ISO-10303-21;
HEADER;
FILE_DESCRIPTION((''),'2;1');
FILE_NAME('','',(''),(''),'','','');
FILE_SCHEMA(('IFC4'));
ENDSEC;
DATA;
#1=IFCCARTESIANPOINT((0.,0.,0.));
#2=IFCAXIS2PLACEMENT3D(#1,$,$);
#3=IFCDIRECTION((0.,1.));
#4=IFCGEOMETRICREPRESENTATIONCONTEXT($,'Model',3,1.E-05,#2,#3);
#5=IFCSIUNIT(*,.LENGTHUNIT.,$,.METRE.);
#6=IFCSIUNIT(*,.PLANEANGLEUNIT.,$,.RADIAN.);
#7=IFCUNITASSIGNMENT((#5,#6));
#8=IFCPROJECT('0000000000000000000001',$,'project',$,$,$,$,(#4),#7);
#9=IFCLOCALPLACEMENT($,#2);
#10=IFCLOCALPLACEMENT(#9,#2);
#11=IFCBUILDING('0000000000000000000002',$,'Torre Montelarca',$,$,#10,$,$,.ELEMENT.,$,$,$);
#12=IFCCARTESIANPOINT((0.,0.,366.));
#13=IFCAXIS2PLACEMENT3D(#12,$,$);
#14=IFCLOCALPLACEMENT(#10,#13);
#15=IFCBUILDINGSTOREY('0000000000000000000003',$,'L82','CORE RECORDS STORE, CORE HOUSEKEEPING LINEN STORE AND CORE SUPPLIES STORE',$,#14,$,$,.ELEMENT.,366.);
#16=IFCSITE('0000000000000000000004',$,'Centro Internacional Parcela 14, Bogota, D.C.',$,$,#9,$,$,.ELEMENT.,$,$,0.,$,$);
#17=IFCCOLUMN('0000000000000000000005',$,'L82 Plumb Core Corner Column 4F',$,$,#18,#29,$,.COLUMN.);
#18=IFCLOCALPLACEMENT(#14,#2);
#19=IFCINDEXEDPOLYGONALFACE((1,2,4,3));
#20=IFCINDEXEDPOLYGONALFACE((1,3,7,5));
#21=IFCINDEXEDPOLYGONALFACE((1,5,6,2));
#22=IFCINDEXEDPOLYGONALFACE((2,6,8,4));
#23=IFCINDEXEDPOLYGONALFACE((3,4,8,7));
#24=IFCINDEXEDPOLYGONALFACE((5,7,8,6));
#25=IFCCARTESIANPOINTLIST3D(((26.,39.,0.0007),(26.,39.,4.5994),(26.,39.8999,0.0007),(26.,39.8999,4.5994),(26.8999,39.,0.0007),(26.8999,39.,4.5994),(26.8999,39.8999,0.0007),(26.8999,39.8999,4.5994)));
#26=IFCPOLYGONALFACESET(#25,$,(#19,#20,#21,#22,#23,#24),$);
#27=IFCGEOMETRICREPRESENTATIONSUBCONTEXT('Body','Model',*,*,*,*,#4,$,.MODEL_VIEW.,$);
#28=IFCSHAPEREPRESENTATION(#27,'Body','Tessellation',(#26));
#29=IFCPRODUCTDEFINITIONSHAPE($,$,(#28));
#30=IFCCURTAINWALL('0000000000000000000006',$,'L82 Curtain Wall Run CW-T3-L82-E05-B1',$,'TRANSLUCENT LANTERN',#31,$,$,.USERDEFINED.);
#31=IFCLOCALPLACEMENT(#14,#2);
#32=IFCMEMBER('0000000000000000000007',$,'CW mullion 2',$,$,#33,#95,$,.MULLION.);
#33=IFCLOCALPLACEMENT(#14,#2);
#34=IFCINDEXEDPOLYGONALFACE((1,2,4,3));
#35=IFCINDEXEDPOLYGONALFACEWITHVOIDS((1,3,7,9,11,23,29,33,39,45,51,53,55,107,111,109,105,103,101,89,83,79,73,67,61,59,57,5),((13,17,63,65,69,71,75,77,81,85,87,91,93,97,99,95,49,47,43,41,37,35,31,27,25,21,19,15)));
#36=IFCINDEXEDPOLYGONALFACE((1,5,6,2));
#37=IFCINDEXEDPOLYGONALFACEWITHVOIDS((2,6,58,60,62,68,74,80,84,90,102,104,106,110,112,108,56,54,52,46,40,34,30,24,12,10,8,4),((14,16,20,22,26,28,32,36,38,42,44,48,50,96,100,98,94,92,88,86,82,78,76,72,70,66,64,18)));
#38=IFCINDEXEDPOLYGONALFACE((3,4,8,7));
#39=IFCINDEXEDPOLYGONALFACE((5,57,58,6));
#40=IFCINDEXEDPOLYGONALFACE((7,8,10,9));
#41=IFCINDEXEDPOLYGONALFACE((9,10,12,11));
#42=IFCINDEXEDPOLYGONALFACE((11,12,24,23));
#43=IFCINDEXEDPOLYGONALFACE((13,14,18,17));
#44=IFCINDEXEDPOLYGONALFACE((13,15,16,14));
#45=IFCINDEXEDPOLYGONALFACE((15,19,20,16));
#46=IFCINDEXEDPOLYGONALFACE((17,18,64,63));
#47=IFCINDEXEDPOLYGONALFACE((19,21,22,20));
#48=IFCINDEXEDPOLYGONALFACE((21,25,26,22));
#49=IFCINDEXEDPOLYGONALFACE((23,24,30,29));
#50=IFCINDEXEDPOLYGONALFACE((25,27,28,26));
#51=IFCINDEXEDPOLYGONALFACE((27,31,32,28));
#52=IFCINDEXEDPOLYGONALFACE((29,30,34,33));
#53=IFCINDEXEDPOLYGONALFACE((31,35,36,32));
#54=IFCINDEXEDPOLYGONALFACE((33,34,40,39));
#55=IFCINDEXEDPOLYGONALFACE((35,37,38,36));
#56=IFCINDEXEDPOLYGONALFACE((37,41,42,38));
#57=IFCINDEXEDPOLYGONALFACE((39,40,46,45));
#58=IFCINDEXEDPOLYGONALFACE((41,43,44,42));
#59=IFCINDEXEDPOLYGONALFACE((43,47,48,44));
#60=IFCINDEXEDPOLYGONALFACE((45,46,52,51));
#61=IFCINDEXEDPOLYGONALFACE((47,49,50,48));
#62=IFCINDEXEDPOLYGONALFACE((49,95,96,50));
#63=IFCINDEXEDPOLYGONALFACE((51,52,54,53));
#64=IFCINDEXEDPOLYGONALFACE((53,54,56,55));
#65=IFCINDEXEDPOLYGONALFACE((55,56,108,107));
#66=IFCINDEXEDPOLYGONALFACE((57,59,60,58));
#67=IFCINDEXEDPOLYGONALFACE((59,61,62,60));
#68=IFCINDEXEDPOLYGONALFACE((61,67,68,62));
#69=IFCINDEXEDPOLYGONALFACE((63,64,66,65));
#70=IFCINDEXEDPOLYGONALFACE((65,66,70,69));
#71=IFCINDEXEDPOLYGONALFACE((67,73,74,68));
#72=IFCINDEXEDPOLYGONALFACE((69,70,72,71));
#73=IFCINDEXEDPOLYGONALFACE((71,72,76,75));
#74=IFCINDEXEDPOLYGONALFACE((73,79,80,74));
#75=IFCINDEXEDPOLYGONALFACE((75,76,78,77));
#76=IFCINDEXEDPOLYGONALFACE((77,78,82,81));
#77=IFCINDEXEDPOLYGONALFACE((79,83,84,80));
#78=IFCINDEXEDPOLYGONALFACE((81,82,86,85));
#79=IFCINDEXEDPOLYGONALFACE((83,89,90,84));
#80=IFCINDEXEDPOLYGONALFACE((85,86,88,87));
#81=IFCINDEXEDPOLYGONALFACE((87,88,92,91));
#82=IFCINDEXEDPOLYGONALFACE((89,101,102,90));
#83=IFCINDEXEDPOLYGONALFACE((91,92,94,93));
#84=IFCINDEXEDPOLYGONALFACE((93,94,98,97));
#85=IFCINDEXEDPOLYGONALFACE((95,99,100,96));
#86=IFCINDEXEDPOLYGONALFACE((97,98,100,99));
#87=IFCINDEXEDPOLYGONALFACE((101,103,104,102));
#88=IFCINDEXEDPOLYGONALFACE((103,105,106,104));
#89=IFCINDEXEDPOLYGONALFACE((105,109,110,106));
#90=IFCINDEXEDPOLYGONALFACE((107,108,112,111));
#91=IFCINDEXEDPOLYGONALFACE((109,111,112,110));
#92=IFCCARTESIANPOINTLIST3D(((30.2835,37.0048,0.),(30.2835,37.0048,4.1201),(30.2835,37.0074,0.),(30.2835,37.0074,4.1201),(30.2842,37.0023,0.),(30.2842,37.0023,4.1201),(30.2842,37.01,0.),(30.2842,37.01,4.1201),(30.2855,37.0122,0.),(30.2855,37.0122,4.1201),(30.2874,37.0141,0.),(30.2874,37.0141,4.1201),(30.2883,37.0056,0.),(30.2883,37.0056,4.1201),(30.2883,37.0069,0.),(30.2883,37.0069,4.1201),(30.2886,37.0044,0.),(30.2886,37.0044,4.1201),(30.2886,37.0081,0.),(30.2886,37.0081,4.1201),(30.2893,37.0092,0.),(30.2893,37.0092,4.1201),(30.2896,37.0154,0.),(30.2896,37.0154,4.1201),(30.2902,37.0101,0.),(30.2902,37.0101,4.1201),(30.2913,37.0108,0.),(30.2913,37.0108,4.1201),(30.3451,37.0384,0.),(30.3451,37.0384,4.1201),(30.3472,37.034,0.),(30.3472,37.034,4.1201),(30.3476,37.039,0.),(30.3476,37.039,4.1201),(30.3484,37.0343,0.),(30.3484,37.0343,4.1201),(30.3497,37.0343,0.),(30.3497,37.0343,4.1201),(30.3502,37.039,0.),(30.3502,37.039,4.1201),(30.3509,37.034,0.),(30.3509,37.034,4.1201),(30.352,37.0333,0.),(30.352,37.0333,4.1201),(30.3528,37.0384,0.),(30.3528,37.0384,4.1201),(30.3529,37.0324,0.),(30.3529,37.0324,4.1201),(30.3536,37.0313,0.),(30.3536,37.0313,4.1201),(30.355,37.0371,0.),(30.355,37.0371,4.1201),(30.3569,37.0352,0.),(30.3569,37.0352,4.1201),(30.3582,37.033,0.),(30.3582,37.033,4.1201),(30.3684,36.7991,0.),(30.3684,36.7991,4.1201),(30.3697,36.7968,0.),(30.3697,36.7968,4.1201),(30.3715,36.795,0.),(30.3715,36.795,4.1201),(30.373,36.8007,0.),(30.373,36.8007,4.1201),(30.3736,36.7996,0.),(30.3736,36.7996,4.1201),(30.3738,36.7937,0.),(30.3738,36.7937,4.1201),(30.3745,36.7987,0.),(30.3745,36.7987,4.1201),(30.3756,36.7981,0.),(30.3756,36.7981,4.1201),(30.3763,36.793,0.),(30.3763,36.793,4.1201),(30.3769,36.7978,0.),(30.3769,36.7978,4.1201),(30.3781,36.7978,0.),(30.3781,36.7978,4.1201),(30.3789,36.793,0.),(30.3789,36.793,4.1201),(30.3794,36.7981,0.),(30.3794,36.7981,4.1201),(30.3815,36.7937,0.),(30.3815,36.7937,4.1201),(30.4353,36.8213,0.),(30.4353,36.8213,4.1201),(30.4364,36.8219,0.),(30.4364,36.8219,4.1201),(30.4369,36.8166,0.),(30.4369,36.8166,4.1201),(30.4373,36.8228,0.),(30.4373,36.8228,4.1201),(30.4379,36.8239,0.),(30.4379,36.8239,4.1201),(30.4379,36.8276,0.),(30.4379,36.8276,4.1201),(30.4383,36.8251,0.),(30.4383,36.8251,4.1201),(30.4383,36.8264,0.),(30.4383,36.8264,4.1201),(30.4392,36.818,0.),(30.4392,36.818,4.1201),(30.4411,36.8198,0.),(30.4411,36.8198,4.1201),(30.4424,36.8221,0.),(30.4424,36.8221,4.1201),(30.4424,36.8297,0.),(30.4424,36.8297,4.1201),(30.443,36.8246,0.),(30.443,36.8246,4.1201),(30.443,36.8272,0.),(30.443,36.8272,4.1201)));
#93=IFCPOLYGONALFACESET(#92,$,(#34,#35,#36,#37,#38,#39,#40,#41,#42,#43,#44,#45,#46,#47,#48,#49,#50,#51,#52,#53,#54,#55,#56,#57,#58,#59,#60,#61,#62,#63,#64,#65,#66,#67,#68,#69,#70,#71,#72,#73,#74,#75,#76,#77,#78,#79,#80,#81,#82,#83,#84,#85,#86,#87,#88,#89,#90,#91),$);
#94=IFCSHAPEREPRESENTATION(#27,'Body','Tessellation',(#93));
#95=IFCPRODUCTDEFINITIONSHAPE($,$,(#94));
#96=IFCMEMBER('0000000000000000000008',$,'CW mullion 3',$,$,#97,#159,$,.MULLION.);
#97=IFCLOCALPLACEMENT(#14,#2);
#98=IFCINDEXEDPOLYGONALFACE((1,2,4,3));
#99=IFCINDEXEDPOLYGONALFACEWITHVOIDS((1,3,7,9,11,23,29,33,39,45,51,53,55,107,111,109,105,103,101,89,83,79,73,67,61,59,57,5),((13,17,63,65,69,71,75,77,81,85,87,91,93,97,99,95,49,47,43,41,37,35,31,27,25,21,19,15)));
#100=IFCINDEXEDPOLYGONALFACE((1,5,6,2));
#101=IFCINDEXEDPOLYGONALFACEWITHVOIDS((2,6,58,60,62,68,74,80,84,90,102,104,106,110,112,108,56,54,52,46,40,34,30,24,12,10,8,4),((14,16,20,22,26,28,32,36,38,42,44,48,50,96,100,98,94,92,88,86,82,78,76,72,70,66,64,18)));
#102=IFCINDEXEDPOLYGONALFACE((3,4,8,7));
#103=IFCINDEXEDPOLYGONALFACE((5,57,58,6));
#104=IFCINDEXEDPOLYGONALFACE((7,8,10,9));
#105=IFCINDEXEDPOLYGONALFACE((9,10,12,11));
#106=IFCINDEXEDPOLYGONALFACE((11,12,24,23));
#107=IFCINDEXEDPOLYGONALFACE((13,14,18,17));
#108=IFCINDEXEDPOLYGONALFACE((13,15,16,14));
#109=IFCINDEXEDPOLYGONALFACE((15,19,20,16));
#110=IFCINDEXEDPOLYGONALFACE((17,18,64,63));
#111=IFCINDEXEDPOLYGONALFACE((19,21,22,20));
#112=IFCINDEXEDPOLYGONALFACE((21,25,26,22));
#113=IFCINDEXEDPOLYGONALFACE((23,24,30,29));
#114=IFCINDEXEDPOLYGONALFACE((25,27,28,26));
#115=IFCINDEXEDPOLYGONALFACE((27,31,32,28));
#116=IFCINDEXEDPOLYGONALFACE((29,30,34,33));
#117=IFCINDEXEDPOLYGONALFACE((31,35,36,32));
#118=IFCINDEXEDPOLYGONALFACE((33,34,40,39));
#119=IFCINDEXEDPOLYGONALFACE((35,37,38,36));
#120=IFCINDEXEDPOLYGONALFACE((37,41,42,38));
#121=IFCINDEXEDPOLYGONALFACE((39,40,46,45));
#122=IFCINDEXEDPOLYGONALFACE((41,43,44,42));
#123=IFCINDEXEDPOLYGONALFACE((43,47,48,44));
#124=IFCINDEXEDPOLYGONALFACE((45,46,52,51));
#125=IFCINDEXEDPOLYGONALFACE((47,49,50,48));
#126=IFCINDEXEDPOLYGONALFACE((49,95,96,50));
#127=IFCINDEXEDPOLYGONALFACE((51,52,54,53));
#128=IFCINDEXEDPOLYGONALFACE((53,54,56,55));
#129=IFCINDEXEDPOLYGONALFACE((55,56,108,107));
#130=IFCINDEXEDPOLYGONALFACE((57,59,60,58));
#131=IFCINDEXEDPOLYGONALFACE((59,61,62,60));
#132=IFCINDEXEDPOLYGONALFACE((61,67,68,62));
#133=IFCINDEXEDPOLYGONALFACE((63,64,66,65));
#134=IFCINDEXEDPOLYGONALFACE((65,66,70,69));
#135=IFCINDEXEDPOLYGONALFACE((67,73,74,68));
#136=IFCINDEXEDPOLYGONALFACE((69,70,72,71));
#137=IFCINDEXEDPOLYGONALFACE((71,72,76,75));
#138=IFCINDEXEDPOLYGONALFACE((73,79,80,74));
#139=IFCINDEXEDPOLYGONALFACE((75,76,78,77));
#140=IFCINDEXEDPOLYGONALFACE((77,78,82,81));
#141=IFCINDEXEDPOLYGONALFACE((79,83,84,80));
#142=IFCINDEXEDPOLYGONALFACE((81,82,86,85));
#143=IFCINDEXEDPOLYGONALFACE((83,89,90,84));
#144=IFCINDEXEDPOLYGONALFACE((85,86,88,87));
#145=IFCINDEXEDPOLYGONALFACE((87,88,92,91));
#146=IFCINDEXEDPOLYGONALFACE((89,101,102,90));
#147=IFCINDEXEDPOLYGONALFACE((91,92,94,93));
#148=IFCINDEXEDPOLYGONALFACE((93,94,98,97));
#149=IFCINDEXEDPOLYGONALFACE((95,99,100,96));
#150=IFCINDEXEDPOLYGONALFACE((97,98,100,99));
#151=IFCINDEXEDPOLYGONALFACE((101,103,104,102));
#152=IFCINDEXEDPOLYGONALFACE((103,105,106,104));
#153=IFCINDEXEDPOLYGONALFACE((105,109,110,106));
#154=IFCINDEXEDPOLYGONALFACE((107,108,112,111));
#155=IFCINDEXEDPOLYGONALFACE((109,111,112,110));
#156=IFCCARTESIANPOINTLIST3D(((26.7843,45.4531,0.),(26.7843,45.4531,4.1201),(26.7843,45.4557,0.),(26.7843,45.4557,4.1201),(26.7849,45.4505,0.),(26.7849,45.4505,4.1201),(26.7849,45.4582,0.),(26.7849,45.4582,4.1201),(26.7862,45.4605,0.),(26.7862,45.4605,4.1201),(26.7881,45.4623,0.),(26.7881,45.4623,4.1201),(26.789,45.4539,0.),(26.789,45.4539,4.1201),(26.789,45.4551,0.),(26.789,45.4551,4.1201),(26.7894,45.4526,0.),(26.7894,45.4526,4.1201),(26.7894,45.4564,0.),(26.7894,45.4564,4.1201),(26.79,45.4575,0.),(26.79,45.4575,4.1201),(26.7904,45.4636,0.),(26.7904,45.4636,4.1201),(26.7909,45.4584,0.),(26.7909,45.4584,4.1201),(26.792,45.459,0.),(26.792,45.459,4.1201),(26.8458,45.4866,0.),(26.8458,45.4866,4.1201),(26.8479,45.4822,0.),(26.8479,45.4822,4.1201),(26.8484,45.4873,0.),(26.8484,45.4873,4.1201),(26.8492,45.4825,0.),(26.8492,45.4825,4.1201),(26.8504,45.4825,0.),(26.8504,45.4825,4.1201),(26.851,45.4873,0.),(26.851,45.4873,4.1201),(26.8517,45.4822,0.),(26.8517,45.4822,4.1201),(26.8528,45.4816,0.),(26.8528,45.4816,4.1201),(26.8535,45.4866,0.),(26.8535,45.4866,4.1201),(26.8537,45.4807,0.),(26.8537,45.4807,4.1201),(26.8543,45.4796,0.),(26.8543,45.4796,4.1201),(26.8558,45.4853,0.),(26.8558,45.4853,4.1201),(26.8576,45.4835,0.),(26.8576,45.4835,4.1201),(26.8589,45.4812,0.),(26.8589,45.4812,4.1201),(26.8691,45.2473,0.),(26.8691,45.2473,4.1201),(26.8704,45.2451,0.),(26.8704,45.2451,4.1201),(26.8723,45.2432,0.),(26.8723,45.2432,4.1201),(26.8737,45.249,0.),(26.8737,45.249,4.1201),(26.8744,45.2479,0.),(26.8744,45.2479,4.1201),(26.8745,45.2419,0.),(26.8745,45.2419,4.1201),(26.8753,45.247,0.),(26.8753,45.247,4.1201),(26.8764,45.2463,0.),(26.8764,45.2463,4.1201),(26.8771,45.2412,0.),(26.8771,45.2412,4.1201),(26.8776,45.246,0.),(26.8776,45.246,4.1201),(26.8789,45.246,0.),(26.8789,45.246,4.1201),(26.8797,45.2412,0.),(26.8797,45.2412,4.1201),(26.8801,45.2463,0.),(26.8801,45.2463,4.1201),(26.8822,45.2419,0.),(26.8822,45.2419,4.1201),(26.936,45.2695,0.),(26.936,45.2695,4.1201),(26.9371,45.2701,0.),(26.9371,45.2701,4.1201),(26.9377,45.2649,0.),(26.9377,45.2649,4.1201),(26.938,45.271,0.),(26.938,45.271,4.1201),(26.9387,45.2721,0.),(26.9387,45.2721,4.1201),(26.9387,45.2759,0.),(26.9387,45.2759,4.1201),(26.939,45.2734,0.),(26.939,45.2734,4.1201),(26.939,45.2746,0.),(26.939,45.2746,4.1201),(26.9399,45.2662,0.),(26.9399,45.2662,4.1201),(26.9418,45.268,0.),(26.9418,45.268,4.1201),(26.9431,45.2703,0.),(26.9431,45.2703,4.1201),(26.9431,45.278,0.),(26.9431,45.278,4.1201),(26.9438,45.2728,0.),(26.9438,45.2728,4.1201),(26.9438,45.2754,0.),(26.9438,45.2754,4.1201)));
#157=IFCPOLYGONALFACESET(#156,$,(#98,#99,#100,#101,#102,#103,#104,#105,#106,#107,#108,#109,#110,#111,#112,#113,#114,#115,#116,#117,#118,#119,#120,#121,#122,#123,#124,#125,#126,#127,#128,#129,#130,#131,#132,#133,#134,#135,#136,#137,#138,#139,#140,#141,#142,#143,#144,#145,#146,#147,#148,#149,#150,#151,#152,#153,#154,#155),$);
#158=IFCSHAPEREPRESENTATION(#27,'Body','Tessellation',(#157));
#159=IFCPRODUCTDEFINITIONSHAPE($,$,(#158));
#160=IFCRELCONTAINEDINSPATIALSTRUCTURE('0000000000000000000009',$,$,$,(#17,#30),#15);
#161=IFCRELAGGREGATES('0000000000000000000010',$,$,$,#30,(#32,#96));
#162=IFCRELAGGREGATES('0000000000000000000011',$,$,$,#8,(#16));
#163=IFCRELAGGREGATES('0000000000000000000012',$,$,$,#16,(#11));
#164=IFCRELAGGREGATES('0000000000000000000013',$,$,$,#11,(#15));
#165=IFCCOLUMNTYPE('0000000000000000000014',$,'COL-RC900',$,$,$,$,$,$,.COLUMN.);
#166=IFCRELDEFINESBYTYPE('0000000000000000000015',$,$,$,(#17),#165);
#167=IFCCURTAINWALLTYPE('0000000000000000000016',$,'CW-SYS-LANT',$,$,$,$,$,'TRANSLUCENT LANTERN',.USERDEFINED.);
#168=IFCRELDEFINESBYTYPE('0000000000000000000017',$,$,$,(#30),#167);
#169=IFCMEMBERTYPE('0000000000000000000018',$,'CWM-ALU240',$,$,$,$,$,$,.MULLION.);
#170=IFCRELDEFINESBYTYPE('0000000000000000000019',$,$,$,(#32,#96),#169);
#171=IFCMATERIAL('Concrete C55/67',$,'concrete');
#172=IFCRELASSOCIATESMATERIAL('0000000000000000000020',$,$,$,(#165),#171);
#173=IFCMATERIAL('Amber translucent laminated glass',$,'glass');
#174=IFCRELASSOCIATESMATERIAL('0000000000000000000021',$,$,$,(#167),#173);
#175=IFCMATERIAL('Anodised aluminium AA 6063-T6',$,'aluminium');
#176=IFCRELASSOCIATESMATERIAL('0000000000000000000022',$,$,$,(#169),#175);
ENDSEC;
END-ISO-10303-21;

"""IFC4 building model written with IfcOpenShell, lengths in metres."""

from ifc_helpers import new_model, si_unit, direction, frame, origin, origin_2d, place, context, subcontext, project, spatial, rectangle, hollow_rectangle, extrude, source, transform, mapped, material, material_profile, profile_set, type_object, element, aggregate, save


model = new_model("IFC4")

# Units and contexts
model_context = context("Model", 3, precision=1e-05, world=origin(), true_north=direction((0.0, 1.0)))
body_context = subcontext(model_context, "Body", "Model", "MODEL_VIEW")
ifc_project = project(units=[si_unit("LENGTHUNIT", "METRE"), si_unit("PLANEANGLEUNIT", "RADIAN")], contexts=[model_context])

# Site, building, storey
site_placement = place(None, origin())
site = spatial("IfcSite", under=ifc_project, at=site_placement, Name="Centro Internacional Parcela 14, Bogota, D.C.", CompositionType="ELEMENT", RefElevation=0.0)
building_placement = place(site_placement, origin())
building = spatial("IfcBuilding", under=site, at=building_placement, Name="Torre Montelarca", CompositionType="ELEMENT")
storey_placement = place(building_placement, frame((0.0, 0.0, 366.0)))
storey = spatial("IfcBuildingStorey", under=building, at=storey_placement, Name="L82", Description="CORE RECORDS STORE, CORE HOUSEKEEPING LINEN STORE AND CORE SUPPLIES STORE", CompositionType="ELEMENT", Elevation=366.0)

# Column
ifc_material_1 = material(Name="Concrete C55/67", Category="concrete")
ifc_material_profile_1 = material_profile(ifc_material_1, rectangle(XDim=0.8999, YDim=0.8999, at=origin_2d()), Name="RC900X900", Category="concrete")
ifc_profile_set_1 = profile_set([ifc_material_profile_1], Name="Concrete C55/67")
column_type = type_object("IfcColumnType", Name="COL-RC900", PredefinedType="COLUMN", material=ifc_profile_set_1)
shared_shape_1 = source(origin(), body_context, "Body", "SweptSolid", [
    extrude(rectangle(XDim=0.8999, YDim=0.8999, at=origin_2d()), origin(), (0.0, 0.0, 1.0), 4.5986),
])
column_placement = place(storey_placement, frame((26.45, 39.45, 0.0007), z_axis=(0.0, 0.0, 1.0), x_axis=(1.0, 0.0, 0.0)))
element("IfcColumn", 1, at=column_placement, inside=storey, type_object=column_type, Name="L82 Plumb Core Corner Column 4F", PredefinedType="COLUMN", context=body_context, shape_type="MappedRepresentation", body=[
    mapped(shared_shape_1, transform((0.0, 0.0, 0.0), scale=1.0)),
])

# Curtain wall, members
ifc_material_2 = material(Name="Amber translucent laminated glass", Category="glass")
curtain_wall_type = type_object("IfcCurtainWallType", Name="CW-SYS-LANT", ElementType="TRANSLUCENT LANTERN", PredefinedType="USERDEFINED", material=ifc_material_2)
curtain_wall_placement = place(storey_placement, origin())
curtain_wall = element("IfcCurtainWall", 2, at=curtain_wall_placement, inside=storey, type_object=curtain_wall_type, Name="L82 Curtain Wall Run CW-T3-L82-E05-B1", ObjectType="TRANSLUCENT LANTERN", PredefinedType="USERDEFINED")
ifc_material_3 = material(Name="Anodised aluminium AA 6063-T6", Category="aluminium")
ifc_material_profile_2 = material_profile(ifc_material_3, hollow_rectangle(XDim=0.0801, YDim=0.24, WallThickness=0.0049, InnerFilletRadius=0.0049, OuterFilletRadius=0.01, at=origin_2d()), Name="ALU80X240X5", Category="aluminium")
ifc_profile_set_2 = profile_set([ifc_material_profile_2], Name="Anodised aluminium AA 6063-T6")
member_type_1 = type_object("IfcMemberType", Name="CWM-ALU240", PredefinedType="MULLION", material=ifc_profile_set_2)
shared_shape_2 = source(origin(), body_context, "Body", "SweptSolid", [
    extrude(hollow_rectangle(XDim=0.0801, YDim=0.24, WallThickness=0.0049, InnerFilletRadius=0.0049, OuterFilletRadius=0.01, at=origin_2d()), origin(), (0.0, 0.0, 1.0), 4.1201),
])
member_1_placement = place(storey_placement, frame((30.3633, 36.916, 0.0), z_axis=(0.0, 0.0, 1.0), x_axis=(-0.92388, -0.382683, 0.0)))
member_1 = element("IfcMember", 3, at=member_1_placement, type_object=member_type_1, Name="CW mullion 2", PredefinedType="MULLION", context=body_context, shape_type="MappedRepresentation", body=[
    mapped(shared_shape_2, transform((0.0, 0.0, 0.0), scale=1.0)),
])
member_2_placement = place(storey_placement, frame((26.864, 45.3643, 0.0), z_axis=(0.0, 0.0, 1.0), x_axis=(-0.92388, -0.382683, 0.0)))
member_2 = element("IfcMember", 4, at=member_2_placement, type_object=member_type_1, Name="CW mullion 3", PredefinedType="MULLION", context=body_context, shape_type="MappedRepresentation", body=[
    mapped(shared_shape_2, transform((0.0, 0.0, 0.0), scale=1.0)),
])
aggregate(curtain_wall, [member_1, member_2])

save(model, "model.ifc")
